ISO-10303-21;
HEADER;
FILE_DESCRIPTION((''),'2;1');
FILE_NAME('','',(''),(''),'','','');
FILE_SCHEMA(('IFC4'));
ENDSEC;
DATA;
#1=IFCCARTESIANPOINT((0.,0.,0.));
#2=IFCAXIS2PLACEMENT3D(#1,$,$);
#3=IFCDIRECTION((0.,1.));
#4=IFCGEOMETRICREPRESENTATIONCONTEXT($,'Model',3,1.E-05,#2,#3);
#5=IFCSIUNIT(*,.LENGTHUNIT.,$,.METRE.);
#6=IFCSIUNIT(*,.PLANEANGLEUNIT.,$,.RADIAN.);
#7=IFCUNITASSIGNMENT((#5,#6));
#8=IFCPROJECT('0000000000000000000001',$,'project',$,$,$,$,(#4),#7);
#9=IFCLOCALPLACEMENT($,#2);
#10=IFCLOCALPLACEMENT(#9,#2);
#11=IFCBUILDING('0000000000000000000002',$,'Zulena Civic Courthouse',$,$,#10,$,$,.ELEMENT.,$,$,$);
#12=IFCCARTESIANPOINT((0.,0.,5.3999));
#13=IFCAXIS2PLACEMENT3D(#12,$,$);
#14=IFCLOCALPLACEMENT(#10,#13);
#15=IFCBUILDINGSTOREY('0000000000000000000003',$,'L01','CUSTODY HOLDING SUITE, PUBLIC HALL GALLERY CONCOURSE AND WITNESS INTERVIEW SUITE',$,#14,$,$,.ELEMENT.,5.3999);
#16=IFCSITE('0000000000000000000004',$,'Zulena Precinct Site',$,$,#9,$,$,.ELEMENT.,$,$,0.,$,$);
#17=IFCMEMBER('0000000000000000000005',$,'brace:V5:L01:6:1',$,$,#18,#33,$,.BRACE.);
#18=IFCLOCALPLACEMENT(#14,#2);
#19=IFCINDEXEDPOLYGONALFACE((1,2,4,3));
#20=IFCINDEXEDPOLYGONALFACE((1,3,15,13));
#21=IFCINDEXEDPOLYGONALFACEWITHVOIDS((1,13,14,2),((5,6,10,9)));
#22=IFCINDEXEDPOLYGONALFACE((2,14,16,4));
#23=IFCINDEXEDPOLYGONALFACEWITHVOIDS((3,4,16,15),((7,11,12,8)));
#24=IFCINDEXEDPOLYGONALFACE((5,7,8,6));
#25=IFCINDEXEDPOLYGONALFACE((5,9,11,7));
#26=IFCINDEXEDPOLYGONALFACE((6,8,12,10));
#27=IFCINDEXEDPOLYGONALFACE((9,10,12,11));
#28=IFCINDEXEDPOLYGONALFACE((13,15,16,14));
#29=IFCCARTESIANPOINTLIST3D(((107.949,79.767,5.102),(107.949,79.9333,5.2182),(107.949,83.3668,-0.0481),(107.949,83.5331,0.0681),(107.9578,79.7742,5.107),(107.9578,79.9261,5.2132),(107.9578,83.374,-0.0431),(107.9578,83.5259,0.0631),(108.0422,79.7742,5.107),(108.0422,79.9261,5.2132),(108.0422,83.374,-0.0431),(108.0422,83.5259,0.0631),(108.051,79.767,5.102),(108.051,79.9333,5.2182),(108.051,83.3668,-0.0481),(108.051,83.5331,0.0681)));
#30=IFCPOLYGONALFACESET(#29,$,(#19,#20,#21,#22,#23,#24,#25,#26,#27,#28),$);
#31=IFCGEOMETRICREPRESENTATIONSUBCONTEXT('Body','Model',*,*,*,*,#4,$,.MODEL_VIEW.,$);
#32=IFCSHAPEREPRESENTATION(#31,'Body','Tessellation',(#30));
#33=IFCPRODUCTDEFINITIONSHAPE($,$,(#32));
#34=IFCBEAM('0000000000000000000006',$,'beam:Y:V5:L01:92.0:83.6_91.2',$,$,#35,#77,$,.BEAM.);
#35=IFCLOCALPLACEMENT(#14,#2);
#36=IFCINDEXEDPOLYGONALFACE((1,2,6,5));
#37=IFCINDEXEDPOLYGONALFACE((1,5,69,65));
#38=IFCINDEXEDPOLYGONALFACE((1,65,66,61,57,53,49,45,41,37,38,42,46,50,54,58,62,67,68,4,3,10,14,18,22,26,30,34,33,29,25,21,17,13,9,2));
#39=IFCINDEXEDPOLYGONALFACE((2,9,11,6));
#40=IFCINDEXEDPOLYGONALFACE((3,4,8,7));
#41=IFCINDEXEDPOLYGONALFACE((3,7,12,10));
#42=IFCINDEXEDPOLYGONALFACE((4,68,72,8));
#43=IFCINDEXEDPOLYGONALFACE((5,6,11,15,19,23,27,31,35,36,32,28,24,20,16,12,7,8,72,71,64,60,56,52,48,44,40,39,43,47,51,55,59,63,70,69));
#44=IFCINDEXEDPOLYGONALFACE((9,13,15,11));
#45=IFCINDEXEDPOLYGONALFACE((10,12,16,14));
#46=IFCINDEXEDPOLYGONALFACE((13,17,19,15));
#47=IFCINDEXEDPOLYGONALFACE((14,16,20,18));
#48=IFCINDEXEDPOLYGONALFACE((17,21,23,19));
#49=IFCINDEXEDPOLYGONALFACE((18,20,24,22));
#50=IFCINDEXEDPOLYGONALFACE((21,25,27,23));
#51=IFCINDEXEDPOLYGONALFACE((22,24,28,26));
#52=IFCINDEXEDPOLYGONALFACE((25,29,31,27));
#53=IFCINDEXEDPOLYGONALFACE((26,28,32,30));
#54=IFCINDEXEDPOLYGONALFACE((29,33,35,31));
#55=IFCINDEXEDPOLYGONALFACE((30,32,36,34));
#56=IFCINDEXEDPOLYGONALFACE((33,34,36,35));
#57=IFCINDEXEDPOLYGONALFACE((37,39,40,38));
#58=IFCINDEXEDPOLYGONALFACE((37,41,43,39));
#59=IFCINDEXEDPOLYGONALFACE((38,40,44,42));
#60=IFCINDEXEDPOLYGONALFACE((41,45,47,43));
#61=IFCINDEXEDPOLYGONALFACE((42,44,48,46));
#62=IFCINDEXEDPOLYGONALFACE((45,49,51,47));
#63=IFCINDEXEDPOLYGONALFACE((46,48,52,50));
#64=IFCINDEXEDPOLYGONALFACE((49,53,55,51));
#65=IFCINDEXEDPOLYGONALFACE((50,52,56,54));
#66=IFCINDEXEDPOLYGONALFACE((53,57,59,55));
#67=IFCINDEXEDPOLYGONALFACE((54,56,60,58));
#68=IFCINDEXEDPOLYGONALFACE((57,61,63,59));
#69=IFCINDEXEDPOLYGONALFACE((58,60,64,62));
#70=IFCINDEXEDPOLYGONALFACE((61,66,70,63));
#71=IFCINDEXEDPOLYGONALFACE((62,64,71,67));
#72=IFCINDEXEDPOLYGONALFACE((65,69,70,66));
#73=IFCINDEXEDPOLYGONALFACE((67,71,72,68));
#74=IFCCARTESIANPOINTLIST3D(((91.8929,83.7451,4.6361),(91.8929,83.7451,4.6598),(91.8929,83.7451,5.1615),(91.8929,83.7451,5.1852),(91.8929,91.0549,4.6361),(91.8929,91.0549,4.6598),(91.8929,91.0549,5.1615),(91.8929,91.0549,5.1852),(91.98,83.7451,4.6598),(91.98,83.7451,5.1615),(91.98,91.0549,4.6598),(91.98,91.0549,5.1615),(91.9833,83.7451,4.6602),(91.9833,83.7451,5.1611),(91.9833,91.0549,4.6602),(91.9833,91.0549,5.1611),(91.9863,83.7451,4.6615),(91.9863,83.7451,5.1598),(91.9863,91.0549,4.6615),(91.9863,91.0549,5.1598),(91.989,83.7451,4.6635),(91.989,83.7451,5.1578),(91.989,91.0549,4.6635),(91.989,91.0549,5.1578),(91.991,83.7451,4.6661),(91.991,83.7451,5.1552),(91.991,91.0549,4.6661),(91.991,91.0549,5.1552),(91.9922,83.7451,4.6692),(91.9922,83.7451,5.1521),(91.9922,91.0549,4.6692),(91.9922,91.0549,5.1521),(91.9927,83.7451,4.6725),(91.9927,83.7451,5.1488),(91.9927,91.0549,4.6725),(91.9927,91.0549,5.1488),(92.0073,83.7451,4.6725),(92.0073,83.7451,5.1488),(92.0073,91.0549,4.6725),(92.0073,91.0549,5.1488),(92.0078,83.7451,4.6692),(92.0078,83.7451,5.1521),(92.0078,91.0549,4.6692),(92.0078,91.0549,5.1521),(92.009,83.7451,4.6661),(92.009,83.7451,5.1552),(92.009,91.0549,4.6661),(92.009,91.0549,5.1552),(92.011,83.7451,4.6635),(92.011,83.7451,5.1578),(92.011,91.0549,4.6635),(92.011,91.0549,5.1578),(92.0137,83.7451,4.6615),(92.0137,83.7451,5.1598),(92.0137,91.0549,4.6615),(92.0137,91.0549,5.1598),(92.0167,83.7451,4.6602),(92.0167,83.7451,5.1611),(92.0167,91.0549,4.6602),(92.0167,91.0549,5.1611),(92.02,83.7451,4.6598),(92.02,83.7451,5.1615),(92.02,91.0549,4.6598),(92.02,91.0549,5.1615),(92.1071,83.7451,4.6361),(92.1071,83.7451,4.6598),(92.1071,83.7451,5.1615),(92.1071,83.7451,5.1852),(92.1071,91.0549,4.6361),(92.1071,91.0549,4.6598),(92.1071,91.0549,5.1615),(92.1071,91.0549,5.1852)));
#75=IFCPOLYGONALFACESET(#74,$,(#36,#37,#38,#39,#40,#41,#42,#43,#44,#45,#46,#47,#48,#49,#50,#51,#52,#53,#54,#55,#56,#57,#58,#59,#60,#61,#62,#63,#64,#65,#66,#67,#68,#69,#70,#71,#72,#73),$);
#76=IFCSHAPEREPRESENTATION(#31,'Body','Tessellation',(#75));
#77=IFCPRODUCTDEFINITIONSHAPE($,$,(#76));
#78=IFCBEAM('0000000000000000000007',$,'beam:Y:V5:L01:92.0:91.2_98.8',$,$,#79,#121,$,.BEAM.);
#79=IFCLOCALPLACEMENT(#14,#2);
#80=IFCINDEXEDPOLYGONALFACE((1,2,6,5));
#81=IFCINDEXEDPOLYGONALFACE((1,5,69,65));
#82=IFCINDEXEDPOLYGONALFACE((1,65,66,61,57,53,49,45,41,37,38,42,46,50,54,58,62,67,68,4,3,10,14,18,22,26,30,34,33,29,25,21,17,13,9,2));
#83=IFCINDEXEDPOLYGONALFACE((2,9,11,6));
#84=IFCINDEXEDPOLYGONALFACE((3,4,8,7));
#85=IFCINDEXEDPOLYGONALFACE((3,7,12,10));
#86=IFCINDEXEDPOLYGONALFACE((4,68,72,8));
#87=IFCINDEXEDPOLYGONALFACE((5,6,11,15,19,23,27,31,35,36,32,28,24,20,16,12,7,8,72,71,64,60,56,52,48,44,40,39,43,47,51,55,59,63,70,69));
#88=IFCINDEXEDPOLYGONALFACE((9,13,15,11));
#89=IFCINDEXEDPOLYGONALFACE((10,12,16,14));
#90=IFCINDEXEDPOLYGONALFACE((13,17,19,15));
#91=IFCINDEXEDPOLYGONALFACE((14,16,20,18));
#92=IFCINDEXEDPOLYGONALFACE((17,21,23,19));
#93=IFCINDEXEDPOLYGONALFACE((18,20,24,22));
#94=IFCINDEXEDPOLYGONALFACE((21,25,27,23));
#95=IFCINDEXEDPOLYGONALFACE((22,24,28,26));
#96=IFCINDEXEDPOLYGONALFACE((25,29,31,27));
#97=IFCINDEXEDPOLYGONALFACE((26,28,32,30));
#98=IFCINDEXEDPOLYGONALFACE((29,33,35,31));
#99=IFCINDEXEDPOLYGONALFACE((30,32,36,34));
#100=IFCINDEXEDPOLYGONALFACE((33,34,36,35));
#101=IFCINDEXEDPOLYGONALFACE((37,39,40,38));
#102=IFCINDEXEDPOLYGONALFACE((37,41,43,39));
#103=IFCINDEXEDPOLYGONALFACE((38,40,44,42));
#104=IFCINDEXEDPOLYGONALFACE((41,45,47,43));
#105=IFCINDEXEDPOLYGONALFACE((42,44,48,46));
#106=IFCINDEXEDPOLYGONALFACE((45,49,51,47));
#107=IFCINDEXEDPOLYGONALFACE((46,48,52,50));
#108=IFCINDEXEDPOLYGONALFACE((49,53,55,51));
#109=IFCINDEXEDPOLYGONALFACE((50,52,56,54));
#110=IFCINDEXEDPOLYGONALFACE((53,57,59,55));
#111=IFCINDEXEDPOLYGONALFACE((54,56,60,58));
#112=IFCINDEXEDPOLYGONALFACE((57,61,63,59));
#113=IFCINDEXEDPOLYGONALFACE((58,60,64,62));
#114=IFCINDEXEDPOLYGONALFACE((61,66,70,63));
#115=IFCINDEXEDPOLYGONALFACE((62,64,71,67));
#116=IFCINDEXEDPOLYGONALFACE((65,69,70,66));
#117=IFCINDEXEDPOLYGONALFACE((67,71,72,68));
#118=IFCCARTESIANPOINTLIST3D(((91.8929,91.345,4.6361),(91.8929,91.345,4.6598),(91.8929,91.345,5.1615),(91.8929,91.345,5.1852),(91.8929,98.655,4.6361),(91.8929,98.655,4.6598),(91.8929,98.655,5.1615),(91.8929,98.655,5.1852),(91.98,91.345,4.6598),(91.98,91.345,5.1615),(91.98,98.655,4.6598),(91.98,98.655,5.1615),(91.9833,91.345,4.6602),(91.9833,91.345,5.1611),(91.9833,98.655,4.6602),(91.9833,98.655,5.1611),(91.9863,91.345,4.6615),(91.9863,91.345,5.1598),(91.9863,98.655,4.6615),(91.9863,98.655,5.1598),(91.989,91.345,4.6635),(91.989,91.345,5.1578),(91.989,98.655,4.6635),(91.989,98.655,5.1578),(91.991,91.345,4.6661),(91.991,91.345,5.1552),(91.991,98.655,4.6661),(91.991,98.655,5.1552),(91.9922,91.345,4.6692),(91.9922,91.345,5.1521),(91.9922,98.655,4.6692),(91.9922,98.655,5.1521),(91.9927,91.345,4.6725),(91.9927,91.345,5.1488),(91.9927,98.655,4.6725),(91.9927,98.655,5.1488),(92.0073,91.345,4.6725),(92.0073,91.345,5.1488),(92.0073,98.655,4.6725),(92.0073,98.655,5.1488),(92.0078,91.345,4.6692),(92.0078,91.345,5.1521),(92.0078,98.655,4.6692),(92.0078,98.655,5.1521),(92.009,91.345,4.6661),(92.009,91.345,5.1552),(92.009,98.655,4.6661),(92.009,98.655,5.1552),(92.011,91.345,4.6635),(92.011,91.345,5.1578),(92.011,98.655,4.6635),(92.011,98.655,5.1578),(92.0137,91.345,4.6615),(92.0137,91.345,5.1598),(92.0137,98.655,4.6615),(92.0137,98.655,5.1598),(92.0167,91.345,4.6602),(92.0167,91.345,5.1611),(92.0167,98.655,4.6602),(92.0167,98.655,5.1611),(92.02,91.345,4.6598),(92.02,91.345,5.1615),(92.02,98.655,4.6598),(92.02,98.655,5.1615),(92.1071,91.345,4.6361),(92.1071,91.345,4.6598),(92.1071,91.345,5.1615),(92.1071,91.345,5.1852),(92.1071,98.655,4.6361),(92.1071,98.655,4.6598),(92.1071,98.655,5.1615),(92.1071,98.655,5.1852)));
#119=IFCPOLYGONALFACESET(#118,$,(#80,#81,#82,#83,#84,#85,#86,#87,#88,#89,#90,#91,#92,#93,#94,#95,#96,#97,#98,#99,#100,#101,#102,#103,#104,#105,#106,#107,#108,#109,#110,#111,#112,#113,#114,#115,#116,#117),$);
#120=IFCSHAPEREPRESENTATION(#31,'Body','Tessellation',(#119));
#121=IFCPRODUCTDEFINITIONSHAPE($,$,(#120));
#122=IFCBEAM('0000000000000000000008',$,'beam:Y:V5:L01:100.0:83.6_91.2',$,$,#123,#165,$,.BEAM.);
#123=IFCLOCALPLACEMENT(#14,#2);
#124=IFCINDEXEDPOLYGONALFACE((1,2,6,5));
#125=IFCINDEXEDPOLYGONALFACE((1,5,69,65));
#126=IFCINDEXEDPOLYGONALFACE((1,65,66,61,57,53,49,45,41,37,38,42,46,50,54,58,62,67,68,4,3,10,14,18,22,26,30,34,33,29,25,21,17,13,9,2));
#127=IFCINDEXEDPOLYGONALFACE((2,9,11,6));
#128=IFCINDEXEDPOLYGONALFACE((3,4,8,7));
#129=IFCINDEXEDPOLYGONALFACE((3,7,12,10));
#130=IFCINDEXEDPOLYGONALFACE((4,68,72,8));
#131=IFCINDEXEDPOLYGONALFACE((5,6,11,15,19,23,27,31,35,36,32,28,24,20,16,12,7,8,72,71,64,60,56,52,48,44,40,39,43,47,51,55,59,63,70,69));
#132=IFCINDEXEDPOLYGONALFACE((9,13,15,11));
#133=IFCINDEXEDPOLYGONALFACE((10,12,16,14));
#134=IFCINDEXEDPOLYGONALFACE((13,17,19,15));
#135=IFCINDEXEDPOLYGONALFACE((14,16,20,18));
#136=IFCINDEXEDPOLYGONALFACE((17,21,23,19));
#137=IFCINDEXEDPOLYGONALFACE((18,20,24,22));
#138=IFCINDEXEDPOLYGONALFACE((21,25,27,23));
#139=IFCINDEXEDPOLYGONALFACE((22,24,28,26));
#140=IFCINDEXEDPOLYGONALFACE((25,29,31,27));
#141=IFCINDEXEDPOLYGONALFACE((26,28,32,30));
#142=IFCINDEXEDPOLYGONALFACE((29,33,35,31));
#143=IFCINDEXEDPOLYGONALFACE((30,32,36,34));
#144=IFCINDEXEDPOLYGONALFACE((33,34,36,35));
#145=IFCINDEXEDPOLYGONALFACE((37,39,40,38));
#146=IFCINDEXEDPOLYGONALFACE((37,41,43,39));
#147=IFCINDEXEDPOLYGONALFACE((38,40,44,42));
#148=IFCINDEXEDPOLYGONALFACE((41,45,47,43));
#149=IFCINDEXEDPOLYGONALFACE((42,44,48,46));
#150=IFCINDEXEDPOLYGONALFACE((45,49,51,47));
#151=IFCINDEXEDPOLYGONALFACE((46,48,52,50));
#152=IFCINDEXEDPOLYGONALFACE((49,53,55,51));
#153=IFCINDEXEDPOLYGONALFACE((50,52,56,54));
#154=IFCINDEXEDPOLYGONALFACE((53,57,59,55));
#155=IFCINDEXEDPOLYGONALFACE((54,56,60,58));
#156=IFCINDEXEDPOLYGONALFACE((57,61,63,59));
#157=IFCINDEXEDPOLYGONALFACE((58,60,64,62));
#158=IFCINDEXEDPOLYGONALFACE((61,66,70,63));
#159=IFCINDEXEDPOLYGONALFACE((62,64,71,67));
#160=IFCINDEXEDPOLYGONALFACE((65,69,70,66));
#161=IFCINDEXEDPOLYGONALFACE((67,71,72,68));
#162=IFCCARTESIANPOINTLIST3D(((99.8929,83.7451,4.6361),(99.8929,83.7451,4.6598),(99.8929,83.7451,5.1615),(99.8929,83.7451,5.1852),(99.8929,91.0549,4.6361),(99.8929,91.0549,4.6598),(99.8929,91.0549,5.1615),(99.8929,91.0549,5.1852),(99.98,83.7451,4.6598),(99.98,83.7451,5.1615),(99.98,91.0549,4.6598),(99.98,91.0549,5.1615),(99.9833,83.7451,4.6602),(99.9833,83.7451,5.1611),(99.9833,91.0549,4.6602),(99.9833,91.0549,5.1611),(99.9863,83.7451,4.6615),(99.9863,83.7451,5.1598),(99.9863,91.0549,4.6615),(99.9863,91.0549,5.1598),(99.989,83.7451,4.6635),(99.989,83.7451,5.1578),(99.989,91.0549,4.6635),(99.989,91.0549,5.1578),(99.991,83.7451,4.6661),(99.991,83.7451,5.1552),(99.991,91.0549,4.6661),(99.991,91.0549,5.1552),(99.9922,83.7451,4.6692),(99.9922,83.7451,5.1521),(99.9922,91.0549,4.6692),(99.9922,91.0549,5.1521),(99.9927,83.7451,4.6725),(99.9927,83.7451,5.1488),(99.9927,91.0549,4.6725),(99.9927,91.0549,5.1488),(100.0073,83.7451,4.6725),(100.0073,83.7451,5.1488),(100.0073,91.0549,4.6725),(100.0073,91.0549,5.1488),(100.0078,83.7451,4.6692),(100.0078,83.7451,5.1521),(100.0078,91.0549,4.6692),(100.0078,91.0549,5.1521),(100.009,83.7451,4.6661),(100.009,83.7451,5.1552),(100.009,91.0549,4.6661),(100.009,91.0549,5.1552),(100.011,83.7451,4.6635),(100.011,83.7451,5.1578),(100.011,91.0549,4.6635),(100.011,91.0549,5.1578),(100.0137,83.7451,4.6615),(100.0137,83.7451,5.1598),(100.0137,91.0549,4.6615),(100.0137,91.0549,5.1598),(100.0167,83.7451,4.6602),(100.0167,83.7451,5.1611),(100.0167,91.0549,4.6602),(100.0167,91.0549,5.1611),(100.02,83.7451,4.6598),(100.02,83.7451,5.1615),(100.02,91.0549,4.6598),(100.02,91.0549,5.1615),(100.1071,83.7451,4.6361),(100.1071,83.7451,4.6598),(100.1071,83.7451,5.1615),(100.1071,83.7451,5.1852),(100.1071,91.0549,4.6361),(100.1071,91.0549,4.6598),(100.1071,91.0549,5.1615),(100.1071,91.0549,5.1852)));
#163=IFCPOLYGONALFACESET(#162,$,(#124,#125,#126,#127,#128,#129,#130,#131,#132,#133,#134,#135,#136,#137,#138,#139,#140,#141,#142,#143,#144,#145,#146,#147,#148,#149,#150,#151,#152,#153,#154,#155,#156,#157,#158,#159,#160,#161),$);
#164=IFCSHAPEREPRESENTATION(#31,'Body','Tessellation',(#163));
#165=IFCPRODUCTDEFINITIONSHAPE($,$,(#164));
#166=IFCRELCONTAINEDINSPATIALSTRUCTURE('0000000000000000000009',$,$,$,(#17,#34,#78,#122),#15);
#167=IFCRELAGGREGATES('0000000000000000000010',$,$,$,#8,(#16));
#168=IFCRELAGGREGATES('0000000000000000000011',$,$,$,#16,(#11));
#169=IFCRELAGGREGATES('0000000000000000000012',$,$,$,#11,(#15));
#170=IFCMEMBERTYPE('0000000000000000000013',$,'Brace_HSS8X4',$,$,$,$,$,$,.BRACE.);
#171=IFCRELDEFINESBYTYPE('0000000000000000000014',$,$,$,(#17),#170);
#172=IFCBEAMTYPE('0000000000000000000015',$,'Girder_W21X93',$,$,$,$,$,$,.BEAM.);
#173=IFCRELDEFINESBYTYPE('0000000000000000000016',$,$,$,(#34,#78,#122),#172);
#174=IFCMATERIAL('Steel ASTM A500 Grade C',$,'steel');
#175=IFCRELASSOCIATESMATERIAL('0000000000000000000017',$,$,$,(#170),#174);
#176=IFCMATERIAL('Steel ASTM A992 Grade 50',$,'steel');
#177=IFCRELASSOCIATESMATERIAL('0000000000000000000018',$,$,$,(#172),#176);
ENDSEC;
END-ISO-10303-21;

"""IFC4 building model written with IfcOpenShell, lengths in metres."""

from ifc_helpers import new_model, si_unit, direction, frame, origin, origin_2d, place, context, subcontext, project, spatial, hollow_rectangle, i_section, extrude, material, material_profile, profile_set, type_object, element, save


model = new_model("IFC4")

# Units and contexts
model_context = context("Model", 3, precision=1e-05, world=origin(), true_north=direction((0.0, 1.0)))
body_context = subcontext(model_context, "Body", "Model", "MODEL_VIEW")
ifc_project = project(units=[si_unit("LENGTHUNIT", "METRE"), si_unit("PLANEANGLEUNIT", "RADIAN")], contexts=[model_context])

# Site, building, storey
site_placement = place(None, origin())
site = spatial("IfcSite", under=ifc_project, at=site_placement, Name="Zulena Precinct Site", CompositionType="ELEMENT", RefElevation=0.0)
building_placement = place(site_placement, origin())
building = spatial("IfcBuilding", under=site, at=building_placement, Name="Zulena Civic Courthouse", CompositionType="ELEMENT")
storey_placement = place(building_placement, frame((0.0, 0.0, 5.3999)))
storey = spatial("IfcBuildingStorey", under=building, at=storey_placement, Name="L01", Description="CUSTODY HOLDING SUITE, PUBLIC HALL GALLERY CONCOURSE AND WITNESS INTERVIEW SUITE", CompositionType="ELEMENT", Elevation=5.3999)

# Shared definitions
ifc_material_1 = material(Name="Steel ASTM A992 Grade 50", Category="steel")

# Member
ifc_material_2 = material(Name="Steel ASTM A500 Grade C", Category="steel")
ifc_material_profile_1 = material_profile(ifc_material_2, hollow_rectangle(XDim=0.1021, YDim=0.2029, WallThickness=0.0088, at=origin_2d()), Name="HSS8X4X3/8")
ifc_profile_set_1 = profile_set([ifc_material_profile_1], Name="Steel ASTM A500 Grade C")
member_type = type_object("IfcMemberType", Name="Brace_HSS8X4", PredefinedType="BRACE", material=ifc_profile_set_1)
member_placement = place(storey_placement, frame((108.0, 83.45, 0.01), z_axis=(0.0, -0.572902, 0.819624), x_axis=(1.0, 0.0, 0.0)))
element("IfcMember", 1, at=member_placement, inside=storey, type_object=member_type, Name="brace:V5:L01:6:1", PredefinedType="BRACE", context=body_context, shape_type="SweptSolid", body=[
    extrude(hollow_rectangle(XDim=0.1021, YDim=0.2029, WallThickness=0.0088, at=origin_2d()), origin(), (0.0, 0.0, 1.0), 6.2834),
])

# Beams
ifc_material_profile_2 = material_profile(ifc_material_1, i_section(OverallWidth=0.2141, OverallDepth=0.5491, WebThickness=0.0146, FlangeThickness=0.0237, FilletRadius=0.0127, at=origin_2d()), Name="W21X93")
ifc_profile_set_2 = profile_set([ifc_material_profile_2], Name="Steel ASTM A992 Grade 50")
beam_type_1 = type_object("IfcBeamType", Name="Girder_W21X93", PredefinedType="BEAM", material=ifc_profile_set_2)
beam_1_placement = place(storey_placement, frame((92.0, 83.7451, 4.9106), z_axis=(0.0, 1.0, 0.0), x_axis=(-1.0, 0.0, 0.0)))
element("IfcBeam", 2, at=beam_1_placement, inside=storey, type_object=beam_type_1, Name="beam:Y:V5:L01:92.0:83.6_91.2", PredefinedType="BEAM", context=body_context, shape_type="SweptSolid", body=[
    extrude(i_section(OverallWidth=0.2141, OverallDepth=0.5491, WebThickness=0.0146, FlangeThickness=0.0237, FilletRadius=0.0127, at=origin_2d()), origin(), (0.0, 0.0, 1.0), 7.3098),
])
beam_2_placement = place(storey_placement, frame((92.0, 91.345, 4.9106), z_axis=(0.0, 1.0, 0.0), x_axis=(-1.0, 0.0, 0.0)))
element("IfcBeam", 3, at=beam_2_placement, inside=storey, type_object=beam_type_1, Name="beam:Y:V5:L01:92.0:91.2_98.8", PredefinedType="BEAM", context=body_context, shape_type="SweptSolid", body=[
    extrude(i_section(OverallWidth=0.2141, OverallDepth=0.5491, WebThickness=0.0146, FlangeThickness=0.0237, FilletRadius=0.0127, at=origin_2d()), origin(), (0.0, 0.0, 1.0), 7.3101),
])
beam_3_placement = place(storey_placement, frame((100.0, 83.7451, 4.9106), z_axis=(0.0, 1.0, 0.0), x_axis=(-1.0, 0.0, 0.0)))
element("IfcBeam", 4, at=beam_3_placement, inside=storey, type_object=beam_type_1, Name="beam:Y:V5:L01:100.0:83.6_91.2", PredefinedType="BEAM", context=body_context, shape_type="SweptSolid", body=[
    extrude(i_section(OverallWidth=0.2141, OverallDepth=0.5491, WebThickness=0.0146, FlangeThickness=0.0237, FilletRadius=0.0127, at=origin_2d()), origin(), (0.0, 0.0, 1.0), 7.3098),
])

save(model, "model.ifc")
